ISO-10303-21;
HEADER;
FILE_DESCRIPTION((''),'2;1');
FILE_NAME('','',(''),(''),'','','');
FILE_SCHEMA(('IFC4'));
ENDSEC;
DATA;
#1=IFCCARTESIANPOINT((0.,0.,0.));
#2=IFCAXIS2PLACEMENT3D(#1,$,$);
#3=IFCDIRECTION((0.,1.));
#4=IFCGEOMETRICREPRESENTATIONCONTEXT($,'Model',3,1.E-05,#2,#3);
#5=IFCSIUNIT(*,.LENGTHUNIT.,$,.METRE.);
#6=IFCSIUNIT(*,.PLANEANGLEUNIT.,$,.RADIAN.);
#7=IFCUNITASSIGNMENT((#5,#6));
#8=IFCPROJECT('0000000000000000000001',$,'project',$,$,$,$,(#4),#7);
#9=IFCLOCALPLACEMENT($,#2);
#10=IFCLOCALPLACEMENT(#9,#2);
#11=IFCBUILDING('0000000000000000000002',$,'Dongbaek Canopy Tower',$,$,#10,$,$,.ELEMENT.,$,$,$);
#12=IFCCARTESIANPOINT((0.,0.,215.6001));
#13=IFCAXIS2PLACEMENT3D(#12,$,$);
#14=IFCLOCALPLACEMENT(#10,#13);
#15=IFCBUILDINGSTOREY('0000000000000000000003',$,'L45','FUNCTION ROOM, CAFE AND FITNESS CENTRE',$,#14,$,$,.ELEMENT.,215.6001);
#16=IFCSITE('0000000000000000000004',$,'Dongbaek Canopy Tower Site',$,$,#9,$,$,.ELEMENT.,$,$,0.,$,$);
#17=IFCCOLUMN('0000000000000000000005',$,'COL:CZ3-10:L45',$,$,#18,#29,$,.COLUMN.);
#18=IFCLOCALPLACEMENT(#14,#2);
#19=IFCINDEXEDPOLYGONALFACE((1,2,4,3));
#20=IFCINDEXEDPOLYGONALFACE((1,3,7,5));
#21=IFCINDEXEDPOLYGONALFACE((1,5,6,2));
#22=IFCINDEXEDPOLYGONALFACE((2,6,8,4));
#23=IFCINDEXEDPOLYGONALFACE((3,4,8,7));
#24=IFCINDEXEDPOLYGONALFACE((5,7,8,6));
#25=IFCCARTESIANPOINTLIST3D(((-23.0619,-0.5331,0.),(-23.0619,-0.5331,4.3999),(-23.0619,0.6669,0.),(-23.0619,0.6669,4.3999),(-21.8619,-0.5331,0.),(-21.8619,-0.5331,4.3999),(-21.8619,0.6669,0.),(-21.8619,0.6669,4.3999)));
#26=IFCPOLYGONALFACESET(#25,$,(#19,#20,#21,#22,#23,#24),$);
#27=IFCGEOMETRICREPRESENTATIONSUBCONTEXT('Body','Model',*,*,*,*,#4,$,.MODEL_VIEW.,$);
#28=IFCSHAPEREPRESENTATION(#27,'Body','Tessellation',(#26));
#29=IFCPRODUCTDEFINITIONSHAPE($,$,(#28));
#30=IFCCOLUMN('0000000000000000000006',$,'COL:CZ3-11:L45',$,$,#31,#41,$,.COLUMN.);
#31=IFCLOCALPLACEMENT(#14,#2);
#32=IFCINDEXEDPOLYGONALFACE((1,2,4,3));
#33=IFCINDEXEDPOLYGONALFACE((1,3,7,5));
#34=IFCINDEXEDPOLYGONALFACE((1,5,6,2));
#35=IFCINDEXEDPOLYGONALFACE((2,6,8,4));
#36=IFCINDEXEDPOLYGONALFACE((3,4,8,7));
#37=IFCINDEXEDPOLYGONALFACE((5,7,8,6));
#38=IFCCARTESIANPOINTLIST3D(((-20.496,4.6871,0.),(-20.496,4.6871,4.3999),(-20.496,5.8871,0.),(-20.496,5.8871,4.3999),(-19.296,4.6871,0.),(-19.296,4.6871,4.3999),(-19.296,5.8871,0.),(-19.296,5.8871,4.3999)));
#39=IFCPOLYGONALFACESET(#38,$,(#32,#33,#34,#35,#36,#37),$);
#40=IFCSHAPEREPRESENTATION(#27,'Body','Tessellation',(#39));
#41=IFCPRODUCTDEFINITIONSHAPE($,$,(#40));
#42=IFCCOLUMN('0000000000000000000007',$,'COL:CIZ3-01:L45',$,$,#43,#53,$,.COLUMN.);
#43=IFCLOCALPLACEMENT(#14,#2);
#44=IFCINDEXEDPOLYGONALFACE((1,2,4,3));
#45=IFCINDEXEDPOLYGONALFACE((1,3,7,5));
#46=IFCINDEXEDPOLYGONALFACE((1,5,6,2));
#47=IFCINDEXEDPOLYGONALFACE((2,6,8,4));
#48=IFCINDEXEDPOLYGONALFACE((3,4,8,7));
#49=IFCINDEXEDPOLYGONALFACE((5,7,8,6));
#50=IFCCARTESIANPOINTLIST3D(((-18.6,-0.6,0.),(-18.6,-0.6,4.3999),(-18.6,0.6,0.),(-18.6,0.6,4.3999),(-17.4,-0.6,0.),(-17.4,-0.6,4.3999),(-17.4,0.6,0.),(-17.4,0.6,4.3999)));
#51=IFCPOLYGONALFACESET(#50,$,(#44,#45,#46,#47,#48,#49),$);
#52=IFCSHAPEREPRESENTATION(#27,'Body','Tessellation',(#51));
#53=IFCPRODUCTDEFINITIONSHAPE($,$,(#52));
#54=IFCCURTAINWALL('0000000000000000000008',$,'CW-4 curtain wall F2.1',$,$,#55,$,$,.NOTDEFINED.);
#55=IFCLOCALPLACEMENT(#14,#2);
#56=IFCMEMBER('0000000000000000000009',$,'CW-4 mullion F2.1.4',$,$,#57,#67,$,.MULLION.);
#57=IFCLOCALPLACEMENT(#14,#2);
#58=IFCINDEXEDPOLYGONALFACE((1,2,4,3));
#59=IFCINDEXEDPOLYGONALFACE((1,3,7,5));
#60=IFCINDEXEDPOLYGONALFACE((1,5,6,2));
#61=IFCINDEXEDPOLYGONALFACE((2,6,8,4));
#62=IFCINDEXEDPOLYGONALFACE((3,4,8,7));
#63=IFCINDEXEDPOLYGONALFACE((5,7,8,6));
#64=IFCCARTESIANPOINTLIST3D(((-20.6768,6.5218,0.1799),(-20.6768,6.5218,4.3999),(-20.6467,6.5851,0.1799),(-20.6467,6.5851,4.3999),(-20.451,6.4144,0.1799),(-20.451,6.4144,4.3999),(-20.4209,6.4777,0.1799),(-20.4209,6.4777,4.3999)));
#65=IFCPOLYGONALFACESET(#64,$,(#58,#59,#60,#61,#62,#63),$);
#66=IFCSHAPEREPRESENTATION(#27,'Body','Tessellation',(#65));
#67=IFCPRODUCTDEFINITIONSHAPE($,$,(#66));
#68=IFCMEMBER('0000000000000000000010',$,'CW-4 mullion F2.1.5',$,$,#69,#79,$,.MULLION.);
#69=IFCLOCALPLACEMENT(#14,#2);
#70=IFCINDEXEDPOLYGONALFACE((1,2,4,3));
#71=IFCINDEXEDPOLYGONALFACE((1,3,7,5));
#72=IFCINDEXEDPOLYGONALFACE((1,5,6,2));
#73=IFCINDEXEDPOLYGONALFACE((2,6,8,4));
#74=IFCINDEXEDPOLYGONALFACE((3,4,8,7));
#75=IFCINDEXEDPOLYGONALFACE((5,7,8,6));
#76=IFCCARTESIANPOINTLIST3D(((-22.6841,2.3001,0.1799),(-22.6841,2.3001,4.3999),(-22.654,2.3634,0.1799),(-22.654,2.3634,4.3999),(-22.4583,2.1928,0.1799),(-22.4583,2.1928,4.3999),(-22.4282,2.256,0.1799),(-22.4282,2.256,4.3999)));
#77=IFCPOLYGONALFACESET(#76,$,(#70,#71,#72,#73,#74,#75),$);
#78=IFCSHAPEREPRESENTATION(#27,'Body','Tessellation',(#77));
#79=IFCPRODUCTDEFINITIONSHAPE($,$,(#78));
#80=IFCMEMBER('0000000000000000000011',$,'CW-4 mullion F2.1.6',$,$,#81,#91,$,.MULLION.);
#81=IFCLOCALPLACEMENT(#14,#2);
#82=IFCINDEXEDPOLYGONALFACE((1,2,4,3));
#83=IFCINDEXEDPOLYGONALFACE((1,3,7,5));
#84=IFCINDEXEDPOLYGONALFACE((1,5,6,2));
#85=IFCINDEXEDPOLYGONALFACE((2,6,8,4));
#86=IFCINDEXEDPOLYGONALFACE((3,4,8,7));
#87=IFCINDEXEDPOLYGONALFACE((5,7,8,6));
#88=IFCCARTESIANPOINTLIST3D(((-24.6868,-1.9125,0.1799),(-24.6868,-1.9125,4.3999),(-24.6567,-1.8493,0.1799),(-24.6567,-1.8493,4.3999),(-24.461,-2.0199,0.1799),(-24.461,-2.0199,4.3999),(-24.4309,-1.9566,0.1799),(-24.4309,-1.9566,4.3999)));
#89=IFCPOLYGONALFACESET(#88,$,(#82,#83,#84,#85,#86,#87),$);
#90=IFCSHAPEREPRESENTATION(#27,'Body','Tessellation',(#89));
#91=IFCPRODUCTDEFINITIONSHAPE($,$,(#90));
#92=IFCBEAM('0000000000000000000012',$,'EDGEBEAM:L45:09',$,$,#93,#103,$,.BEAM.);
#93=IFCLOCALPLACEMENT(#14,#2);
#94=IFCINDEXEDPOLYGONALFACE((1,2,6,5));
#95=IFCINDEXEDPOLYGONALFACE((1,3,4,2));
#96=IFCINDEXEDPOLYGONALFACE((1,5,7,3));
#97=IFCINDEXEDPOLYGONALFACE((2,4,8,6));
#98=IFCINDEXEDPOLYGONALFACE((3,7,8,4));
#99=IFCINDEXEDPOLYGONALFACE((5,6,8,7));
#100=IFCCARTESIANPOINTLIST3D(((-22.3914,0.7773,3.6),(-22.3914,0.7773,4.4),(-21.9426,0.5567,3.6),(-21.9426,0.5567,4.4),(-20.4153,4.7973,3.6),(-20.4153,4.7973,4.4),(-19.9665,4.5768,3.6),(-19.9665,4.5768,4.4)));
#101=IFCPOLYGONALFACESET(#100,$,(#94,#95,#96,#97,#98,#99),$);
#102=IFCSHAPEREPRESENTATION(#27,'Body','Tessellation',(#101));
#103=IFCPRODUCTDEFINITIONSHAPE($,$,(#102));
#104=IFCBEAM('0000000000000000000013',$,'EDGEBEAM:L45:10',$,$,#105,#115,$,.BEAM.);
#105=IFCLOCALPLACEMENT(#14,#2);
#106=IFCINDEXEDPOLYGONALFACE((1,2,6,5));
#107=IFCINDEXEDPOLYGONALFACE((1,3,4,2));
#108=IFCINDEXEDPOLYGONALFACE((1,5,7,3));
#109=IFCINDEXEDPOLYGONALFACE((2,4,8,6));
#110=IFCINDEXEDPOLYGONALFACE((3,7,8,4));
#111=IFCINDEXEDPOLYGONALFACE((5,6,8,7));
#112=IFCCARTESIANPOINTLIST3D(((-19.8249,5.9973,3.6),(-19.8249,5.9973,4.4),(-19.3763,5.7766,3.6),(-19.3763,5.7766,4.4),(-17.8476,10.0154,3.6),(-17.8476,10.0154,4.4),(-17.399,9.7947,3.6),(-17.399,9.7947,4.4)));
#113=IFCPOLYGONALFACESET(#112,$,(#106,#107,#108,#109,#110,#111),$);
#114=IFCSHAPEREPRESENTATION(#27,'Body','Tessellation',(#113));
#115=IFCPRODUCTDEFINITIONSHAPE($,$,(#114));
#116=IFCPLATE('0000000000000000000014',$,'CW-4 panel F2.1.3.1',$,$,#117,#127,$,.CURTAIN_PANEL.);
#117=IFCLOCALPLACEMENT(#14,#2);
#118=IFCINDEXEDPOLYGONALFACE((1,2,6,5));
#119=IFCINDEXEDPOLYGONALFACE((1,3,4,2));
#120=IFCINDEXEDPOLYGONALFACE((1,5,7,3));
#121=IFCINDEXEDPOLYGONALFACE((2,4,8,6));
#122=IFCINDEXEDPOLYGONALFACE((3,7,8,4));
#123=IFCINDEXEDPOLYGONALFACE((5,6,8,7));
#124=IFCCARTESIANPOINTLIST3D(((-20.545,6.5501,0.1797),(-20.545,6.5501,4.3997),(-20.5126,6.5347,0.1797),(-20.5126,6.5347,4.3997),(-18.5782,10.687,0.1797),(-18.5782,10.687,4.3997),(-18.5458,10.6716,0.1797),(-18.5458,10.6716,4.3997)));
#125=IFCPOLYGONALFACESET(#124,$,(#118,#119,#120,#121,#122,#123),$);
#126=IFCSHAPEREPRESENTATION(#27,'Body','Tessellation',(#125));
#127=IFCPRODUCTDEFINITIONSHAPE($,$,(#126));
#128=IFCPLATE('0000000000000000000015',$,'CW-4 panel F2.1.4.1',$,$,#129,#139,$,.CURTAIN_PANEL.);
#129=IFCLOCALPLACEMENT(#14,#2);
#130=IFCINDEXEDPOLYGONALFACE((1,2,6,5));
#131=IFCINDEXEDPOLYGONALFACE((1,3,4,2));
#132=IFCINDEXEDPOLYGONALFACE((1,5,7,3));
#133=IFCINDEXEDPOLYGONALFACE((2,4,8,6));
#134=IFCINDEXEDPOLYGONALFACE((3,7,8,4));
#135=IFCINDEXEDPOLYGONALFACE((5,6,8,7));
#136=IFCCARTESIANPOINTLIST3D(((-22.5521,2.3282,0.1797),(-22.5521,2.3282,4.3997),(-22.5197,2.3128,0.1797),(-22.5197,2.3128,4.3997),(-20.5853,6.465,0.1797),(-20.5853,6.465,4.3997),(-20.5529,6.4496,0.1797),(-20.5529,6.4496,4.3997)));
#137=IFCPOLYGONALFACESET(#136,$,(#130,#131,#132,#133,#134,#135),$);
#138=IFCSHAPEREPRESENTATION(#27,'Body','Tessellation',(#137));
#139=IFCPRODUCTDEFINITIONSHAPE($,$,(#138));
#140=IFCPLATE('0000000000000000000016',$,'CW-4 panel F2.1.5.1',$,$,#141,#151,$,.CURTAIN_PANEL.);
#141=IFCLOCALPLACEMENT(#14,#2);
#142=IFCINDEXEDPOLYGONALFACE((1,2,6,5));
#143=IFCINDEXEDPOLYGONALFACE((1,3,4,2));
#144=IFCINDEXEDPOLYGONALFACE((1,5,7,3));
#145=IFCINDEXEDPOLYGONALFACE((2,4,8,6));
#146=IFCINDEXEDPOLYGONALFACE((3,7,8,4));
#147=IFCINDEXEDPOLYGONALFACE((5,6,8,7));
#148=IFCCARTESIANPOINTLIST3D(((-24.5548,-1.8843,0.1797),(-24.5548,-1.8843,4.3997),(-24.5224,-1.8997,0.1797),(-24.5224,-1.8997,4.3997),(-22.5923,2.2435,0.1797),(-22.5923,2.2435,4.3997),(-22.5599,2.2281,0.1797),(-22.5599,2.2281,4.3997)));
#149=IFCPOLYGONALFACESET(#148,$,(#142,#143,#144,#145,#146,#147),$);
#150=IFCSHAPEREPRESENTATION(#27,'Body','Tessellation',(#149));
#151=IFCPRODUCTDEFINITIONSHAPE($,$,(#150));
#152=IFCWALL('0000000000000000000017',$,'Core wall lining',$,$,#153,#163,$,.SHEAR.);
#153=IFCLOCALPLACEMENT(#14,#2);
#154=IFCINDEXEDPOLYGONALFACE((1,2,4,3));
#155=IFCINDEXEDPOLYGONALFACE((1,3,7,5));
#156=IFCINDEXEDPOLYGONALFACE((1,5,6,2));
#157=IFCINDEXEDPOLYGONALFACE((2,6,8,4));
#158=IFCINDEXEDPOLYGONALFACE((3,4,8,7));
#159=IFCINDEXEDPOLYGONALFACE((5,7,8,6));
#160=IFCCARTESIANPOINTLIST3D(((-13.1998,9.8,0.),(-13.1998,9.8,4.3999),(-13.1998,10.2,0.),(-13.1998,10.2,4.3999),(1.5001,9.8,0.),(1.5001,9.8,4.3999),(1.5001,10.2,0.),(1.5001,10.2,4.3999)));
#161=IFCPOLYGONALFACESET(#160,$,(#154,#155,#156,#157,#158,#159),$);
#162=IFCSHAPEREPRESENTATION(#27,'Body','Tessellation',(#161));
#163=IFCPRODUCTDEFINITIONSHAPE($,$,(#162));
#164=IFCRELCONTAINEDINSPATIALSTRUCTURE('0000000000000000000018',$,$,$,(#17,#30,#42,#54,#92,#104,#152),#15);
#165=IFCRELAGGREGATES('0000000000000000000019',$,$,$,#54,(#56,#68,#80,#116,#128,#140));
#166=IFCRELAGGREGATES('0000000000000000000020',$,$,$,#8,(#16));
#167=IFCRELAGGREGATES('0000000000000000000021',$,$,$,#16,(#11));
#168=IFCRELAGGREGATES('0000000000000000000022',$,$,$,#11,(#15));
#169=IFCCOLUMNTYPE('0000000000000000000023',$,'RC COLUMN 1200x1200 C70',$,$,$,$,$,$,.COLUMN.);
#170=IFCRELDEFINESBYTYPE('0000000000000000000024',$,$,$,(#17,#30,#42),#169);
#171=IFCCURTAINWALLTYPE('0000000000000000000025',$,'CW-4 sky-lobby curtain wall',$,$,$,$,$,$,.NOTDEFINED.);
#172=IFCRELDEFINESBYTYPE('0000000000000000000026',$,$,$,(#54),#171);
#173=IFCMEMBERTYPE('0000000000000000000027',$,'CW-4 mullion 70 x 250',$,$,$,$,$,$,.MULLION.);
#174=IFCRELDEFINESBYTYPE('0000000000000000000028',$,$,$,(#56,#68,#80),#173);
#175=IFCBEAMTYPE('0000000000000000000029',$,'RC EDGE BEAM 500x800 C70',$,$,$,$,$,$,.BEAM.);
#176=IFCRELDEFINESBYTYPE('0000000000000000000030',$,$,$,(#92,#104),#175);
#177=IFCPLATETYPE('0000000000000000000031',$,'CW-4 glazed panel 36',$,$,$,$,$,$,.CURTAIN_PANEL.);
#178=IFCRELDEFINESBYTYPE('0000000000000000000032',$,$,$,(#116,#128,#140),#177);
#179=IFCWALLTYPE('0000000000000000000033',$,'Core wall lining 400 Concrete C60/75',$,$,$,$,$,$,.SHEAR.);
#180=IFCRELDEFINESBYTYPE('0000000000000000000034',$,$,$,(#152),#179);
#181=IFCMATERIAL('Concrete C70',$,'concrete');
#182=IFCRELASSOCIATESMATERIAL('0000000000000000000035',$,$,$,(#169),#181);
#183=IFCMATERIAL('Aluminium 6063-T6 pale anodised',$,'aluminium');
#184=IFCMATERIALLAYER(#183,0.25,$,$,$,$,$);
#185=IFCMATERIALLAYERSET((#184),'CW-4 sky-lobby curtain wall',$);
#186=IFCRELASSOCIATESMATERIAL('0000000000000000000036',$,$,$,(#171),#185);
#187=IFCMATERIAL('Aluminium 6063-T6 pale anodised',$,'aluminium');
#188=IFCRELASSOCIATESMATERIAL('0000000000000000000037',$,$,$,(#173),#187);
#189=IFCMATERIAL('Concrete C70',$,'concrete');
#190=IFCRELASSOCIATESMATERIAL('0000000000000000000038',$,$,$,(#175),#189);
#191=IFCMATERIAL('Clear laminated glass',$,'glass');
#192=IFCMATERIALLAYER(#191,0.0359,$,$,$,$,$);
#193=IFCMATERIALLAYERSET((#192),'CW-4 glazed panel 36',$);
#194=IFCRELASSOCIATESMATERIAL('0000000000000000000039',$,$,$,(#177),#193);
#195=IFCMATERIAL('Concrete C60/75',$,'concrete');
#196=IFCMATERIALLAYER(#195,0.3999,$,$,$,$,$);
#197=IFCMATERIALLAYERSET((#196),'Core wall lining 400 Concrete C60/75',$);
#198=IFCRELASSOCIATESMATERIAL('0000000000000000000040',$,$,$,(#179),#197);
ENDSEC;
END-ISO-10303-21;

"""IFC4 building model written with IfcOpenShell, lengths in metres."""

from ifc_helpers import new_model, si_unit, direction, frame, frame_2d, origin, origin_2d, place, context, subcontext, project, spatial, rectangle, extrude, material, layer, layer_set, material_profile, profile_set, type_object, element, aggregate, save


model = new_model("IFC4")

# Units and contexts
model_context = context("Model", 3, precision=1e-05, world=origin(), true_north=direction((0.0, 1.0)))
body_context = subcontext(model_context, "Body", "Model", "MODEL_VIEW")
ifc_project = project(units=[si_unit("LENGTHUNIT", "METRE"), si_unit("PLANEANGLEUNIT", "RADIAN")], contexts=[model_context])

# Site, building, storey
site_placement = place(None, origin())
site = spatial("IfcSite", under=ifc_project, at=site_placement, Name="Dongbaek Canopy Tower Site", CompositionType="ELEMENT", RefElevation=0.0)
building_placement = place(site_placement, origin())
building = spatial("IfcBuilding", under=site, at=building_placement, Name="Dongbaek Canopy Tower", CompositionType="ELEMENT")
storey_placement = place(building_placement, frame((0.0, 0.0, 215.6001)))
storey = spatial("IfcBuildingStorey", under=building, at=storey_placement, Name="L45", Description="FUNCTION ROOM, CAFE AND FITNESS CENTRE", CompositionType="ELEMENT", Elevation=215.6001)

# Columns
ifc_material_1 = material(Name="Concrete C70", Category="concrete")
ifc_material_profile_1 = material_profile(ifc_material_1, rectangle(XDim=1.2, YDim=1.2, at=origin_2d()), Name="RC COLUMN 1200x1200 C70")
ifc_profile_set_1 = profile_set([ifc_material_profile_1], Name="Concrete C70")
column_type = type_object("IfcColumnType", Name="RC COLUMN 1200x1200 C70", PredefinedType="COLUMN", material=ifc_profile_set_1)
for number, where, z_axis, x_axis, name in (
    (1, (-22.4619, 0.0669, 0.0), (0.0, 0.0, 1.0), (1.0, 0.0, 0.0), "COL:CZ3-10:L45"),
    (2, (-19.896, 5.2871, 0.0), (0.0, 0.0, 1.0), (1.0, 0.0, 0.0), "COL:CZ3-11:L45"),
    (3, (-18.0, 0.0, 0.0), (0.0, 0.0, 1.0), (1.0, 0.0, 0.0), "COL:CIZ3-01:L45"),
):
    element("IfcColumn", number, at=place(storey_placement, frame(where, z_axis=z_axis, x_axis=x_axis)), inside=storey, type_object=column_type, Name=name, PredefinedType="COLUMN", context=body_context, shape_type="SweptSolid", body=[
        extrude(rectangle(XDim=1.2, YDim=1.2, at=origin_2d()), origin(), (0.0, 0.0, 1.0), 4.3999),
    ])

# Curtain wall, members
ifc_material_2 = material(Name="Aluminium 6063-T6 pale anodised", Category="aluminium")
ifc_layer_1 = layer(ifc_material_2, 0.25)
ifc_layer_set_1 = layer_set([ifc_layer_1], Name="CW-4 sky-lobby curtain wall")
curtain_wall_type = type_object("IfcCurtainWallType", Name="CW-4 sky-lobby curtain wall", PredefinedType="NOTDEFINED", material=ifc_layer_set_1)
curtain_wall_placement = place(storey_placement, origin())
curtain_wall = element("IfcCurtainWall", 4, at=curtain_wall_placement, inside=storey, type_object=curtain_wall_type, Name="CW-4 curtain wall F2.1", PredefinedType="NOTDEFINED")
ifc_material_3 = material(Name="Aluminium 6063-T6 pale anodised", Category="aluminium")
ifc_material_profile_2 = material_profile(ifc_material_3, rectangle(XDim=0.25, YDim=0.0701, at=origin_2d()), Name="CW-4 mullion 70 x 250")
ifc_profile_set_2 = profile_set([ifc_material_profile_2], Name="Aluminium 6063-T6 pale anodised")
member_type = type_object("IfcMemberType", Name="CW-4 mullion 70 x 250", PredefinedType="MULLION", material=ifc_profile_set_2)
member_1_placement = place(storey_placement, frame((-20.5488, 6.4998, 0.1799), z_axis=(0.0, 0.0, 1.0), x_axis=(-0.903127, 0.429375, 0.0)))
member_1 = element("IfcMember", 5, at=member_1_placement, type_object=member_type, Name="CW-4 mullion F2.1.4", PredefinedType="MULLION", context=body_context, shape_type="SweptSolid", body=[
    extrude(rectangle(XDim=0.25, YDim=0.0701, at=origin_2d()), origin(), (0.0, 0.0, 1.0), 4.22),
])
member_2_placement = place(storey_placement, frame((-22.5562, 2.2781, 0.1799), z_axis=(0.0, 0.0, 1.0), x_axis=(-0.903127, 0.429375, 0.0)))
member_2 = element("IfcMember", 6, at=member_2_placement, type_object=member_type, Name="CW-4 mullion F2.1.5", PredefinedType="MULLION", context=body_context, shape_type="SweptSolid", body=[
    extrude(rectangle(XDim=0.25, YDim=0.0701, at=origin_2d()), origin(), (0.0, 0.0, 1.0), 4.22),
])
member_3_placement = place(storey_placement, frame((-24.5588, -1.9346, 0.1799), z_axis=(0.0, 0.0, 1.0), x_axis=(-0.903127, 0.429375, 0.0)))
member_3 = element("IfcMember", 7, at=member_3_placement, type_object=member_type, Name="CW-4 mullion F2.1.6", PredefinedType="MULLION", context=body_context, shape_type="SweptSolid", body=[
    extrude(rectangle(XDim=0.25, YDim=0.0701, at=origin_2d()), origin(), (0.0, 0.0, 1.0), 4.22),
])

# Beams
ifc_material_4 = material(Name="Concrete C70", Category="concrete")
ifc_material_profile_3 = material_profile(ifc_material_4, rectangle(XDim=0.5, YDim=0.8, at=origin_2d()), Name="RC EDGE BEAM 500x800 C70")
ifc_profile_set_3 = profile_set([ifc_material_profile_3], Name="Concrete C70")
beam_type = type_object("IfcBeamType", Name="RC EDGE BEAM 500x800 C70", PredefinedType="BEAM", material=ifc_profile_set_3)
beam_1_placement = place(storey_placement, frame((-22.167, 0.667, 4.0), z_axis=(0.441143, 0.897437, 0.0), x_axis=(-0.897437, 0.441143, 0.0)))
element("IfcBeam", 8, at=beam_1_placement, inside=storey, type_object=beam_type, Name="EDGEBEAM:L45:09", PredefinedType="BEAM", context=body_context, shape_type="SweptSolid", body=[
    extrude(rectangle(XDim=0.5, YDim=0.8, at=origin_2d()), origin(), (0.0, 0.0, 1.0), 4.4795),
])
beam_2_placement = place(storey_placement, frame((-19.6006, 5.887, 4.0), z_axis=(0.441535, 0.897244, 0.0), x_axis=(-0.897244, 0.441535, 0.0)))
element("IfcBeam", 9, at=beam_2_placement, inside=storey, type_object=beam_type, Name="EDGEBEAM:L45:10", PredefinedType="BEAM", context=body_context, shape_type="SweptSolid", body=[
    extrude(rectangle(XDim=0.5, YDim=0.8, at=origin_2d()), origin(), (0.0, 0.0, 1.0), 4.4783),
])

# Plates
ifc_material_5 = material(Name="Clear laminated glass", Category="glass")
ifc_layer_2 = layer(ifc_material_5, 0.0359)
ifc_layer_set_2 = layer_set([ifc_layer_2], Name="CW-4 glazed panel 36")
plate_type = type_object("IfcPlateType", Name="CW-4 glazed panel 36", PredefinedType="CURTAIN_PANEL", material=ifc_layer_set_2)
plate_1_placement = place(storey_placement, frame((-19.5454, 8.6108, 0.1797), z_axis=(0.0, 0.0, 1.0), x_axis=(-0.429375, -0.903127, 0.0)))
plate_1 = element("IfcPlate", 10, at=plate_1_placement, type_object=plate_type, Name="CW-4 panel F2.1.3.1", PredefinedType="CURTAIN_PANEL", context=body_context, shape_type="SweptSolid", body=[
    extrude(rectangle(XDim=4.5806, YDim=0.0359, at=origin_2d()), origin(), (0.0, 0.0, 1.0), 4.22),
])
plate_2_placement = place(storey_placement, frame((-21.5525, 4.3889, 0.1797), z_axis=(0.0, 0.0, 1.0), x_axis=(-0.429375, -0.903127, 0.0)))
plate_2 = element("IfcPlate", 11, at=plate_2_placement, type_object=plate_type, Name="CW-4 panel F2.1.4.1", PredefinedType="CURTAIN_PANEL", context=body_context, shape_type="SweptSolid", body=[
    extrude(rectangle(XDim=4.5806, YDim=0.0359, at=origin_2d()), origin(), (0.0, 0.0, 1.0), 4.22),
])
plate_3_placement = place(storey_placement, frame((-23.5574, 0.1719, 0.1797), z_axis=(0.0, 0.0, 1.0), x_axis=(-0.429375, -0.903127, 0.0)))
plate_3 = element("IfcPlate", 12, at=plate_3_placement, type_object=plate_type, Name="CW-4 panel F2.1.5.1", PredefinedType="CURTAIN_PANEL", context=body_context, shape_type="SweptSolid", body=[
    extrude(rectangle(XDim=4.5706, YDim=0.0359, at=origin_2d()), origin(), (0.0, 0.0, 1.0), 4.22),
])
aggregate(curtain_wall, [member_1, member_2, member_3, plate_1, plate_2, plate_3])

# Wall
ifc_material_6 = material(Name="Concrete C60/75", Category="concrete")
ifc_layer_3 = layer(ifc_material_6, 0.3999)
ifc_layer_set_3 = layer_set([ifc_layer_3], Name="Core wall lining 400 Concrete C60/75")
wall_type = type_object("IfcWallType", Name="Core wall lining 400 Concrete C60/75", PredefinedType="SHEAR", material=ifc_layer_set_3)
wall_placement = place(storey_placement, frame((-13.2, 10.0, 0.0), z_axis=(0.0, 0.0, 1.0), x_axis=(1.0, 0.0, 0.0)))
element("IfcWall", 13, at=wall_placement, inside=storey, type_object=wall_type, Name="Core wall lining", PredefinedType="SHEAR", context=body_context, shape_type="SweptSolid", body=[
    extrude(rectangle(XDim=14.7, YDim=0.3999, at=frame_2d((7.3501, 0.0))), origin(), (0.0, 0.0, 1.0), 4.3999),
])

save(model, "model.ifc")
